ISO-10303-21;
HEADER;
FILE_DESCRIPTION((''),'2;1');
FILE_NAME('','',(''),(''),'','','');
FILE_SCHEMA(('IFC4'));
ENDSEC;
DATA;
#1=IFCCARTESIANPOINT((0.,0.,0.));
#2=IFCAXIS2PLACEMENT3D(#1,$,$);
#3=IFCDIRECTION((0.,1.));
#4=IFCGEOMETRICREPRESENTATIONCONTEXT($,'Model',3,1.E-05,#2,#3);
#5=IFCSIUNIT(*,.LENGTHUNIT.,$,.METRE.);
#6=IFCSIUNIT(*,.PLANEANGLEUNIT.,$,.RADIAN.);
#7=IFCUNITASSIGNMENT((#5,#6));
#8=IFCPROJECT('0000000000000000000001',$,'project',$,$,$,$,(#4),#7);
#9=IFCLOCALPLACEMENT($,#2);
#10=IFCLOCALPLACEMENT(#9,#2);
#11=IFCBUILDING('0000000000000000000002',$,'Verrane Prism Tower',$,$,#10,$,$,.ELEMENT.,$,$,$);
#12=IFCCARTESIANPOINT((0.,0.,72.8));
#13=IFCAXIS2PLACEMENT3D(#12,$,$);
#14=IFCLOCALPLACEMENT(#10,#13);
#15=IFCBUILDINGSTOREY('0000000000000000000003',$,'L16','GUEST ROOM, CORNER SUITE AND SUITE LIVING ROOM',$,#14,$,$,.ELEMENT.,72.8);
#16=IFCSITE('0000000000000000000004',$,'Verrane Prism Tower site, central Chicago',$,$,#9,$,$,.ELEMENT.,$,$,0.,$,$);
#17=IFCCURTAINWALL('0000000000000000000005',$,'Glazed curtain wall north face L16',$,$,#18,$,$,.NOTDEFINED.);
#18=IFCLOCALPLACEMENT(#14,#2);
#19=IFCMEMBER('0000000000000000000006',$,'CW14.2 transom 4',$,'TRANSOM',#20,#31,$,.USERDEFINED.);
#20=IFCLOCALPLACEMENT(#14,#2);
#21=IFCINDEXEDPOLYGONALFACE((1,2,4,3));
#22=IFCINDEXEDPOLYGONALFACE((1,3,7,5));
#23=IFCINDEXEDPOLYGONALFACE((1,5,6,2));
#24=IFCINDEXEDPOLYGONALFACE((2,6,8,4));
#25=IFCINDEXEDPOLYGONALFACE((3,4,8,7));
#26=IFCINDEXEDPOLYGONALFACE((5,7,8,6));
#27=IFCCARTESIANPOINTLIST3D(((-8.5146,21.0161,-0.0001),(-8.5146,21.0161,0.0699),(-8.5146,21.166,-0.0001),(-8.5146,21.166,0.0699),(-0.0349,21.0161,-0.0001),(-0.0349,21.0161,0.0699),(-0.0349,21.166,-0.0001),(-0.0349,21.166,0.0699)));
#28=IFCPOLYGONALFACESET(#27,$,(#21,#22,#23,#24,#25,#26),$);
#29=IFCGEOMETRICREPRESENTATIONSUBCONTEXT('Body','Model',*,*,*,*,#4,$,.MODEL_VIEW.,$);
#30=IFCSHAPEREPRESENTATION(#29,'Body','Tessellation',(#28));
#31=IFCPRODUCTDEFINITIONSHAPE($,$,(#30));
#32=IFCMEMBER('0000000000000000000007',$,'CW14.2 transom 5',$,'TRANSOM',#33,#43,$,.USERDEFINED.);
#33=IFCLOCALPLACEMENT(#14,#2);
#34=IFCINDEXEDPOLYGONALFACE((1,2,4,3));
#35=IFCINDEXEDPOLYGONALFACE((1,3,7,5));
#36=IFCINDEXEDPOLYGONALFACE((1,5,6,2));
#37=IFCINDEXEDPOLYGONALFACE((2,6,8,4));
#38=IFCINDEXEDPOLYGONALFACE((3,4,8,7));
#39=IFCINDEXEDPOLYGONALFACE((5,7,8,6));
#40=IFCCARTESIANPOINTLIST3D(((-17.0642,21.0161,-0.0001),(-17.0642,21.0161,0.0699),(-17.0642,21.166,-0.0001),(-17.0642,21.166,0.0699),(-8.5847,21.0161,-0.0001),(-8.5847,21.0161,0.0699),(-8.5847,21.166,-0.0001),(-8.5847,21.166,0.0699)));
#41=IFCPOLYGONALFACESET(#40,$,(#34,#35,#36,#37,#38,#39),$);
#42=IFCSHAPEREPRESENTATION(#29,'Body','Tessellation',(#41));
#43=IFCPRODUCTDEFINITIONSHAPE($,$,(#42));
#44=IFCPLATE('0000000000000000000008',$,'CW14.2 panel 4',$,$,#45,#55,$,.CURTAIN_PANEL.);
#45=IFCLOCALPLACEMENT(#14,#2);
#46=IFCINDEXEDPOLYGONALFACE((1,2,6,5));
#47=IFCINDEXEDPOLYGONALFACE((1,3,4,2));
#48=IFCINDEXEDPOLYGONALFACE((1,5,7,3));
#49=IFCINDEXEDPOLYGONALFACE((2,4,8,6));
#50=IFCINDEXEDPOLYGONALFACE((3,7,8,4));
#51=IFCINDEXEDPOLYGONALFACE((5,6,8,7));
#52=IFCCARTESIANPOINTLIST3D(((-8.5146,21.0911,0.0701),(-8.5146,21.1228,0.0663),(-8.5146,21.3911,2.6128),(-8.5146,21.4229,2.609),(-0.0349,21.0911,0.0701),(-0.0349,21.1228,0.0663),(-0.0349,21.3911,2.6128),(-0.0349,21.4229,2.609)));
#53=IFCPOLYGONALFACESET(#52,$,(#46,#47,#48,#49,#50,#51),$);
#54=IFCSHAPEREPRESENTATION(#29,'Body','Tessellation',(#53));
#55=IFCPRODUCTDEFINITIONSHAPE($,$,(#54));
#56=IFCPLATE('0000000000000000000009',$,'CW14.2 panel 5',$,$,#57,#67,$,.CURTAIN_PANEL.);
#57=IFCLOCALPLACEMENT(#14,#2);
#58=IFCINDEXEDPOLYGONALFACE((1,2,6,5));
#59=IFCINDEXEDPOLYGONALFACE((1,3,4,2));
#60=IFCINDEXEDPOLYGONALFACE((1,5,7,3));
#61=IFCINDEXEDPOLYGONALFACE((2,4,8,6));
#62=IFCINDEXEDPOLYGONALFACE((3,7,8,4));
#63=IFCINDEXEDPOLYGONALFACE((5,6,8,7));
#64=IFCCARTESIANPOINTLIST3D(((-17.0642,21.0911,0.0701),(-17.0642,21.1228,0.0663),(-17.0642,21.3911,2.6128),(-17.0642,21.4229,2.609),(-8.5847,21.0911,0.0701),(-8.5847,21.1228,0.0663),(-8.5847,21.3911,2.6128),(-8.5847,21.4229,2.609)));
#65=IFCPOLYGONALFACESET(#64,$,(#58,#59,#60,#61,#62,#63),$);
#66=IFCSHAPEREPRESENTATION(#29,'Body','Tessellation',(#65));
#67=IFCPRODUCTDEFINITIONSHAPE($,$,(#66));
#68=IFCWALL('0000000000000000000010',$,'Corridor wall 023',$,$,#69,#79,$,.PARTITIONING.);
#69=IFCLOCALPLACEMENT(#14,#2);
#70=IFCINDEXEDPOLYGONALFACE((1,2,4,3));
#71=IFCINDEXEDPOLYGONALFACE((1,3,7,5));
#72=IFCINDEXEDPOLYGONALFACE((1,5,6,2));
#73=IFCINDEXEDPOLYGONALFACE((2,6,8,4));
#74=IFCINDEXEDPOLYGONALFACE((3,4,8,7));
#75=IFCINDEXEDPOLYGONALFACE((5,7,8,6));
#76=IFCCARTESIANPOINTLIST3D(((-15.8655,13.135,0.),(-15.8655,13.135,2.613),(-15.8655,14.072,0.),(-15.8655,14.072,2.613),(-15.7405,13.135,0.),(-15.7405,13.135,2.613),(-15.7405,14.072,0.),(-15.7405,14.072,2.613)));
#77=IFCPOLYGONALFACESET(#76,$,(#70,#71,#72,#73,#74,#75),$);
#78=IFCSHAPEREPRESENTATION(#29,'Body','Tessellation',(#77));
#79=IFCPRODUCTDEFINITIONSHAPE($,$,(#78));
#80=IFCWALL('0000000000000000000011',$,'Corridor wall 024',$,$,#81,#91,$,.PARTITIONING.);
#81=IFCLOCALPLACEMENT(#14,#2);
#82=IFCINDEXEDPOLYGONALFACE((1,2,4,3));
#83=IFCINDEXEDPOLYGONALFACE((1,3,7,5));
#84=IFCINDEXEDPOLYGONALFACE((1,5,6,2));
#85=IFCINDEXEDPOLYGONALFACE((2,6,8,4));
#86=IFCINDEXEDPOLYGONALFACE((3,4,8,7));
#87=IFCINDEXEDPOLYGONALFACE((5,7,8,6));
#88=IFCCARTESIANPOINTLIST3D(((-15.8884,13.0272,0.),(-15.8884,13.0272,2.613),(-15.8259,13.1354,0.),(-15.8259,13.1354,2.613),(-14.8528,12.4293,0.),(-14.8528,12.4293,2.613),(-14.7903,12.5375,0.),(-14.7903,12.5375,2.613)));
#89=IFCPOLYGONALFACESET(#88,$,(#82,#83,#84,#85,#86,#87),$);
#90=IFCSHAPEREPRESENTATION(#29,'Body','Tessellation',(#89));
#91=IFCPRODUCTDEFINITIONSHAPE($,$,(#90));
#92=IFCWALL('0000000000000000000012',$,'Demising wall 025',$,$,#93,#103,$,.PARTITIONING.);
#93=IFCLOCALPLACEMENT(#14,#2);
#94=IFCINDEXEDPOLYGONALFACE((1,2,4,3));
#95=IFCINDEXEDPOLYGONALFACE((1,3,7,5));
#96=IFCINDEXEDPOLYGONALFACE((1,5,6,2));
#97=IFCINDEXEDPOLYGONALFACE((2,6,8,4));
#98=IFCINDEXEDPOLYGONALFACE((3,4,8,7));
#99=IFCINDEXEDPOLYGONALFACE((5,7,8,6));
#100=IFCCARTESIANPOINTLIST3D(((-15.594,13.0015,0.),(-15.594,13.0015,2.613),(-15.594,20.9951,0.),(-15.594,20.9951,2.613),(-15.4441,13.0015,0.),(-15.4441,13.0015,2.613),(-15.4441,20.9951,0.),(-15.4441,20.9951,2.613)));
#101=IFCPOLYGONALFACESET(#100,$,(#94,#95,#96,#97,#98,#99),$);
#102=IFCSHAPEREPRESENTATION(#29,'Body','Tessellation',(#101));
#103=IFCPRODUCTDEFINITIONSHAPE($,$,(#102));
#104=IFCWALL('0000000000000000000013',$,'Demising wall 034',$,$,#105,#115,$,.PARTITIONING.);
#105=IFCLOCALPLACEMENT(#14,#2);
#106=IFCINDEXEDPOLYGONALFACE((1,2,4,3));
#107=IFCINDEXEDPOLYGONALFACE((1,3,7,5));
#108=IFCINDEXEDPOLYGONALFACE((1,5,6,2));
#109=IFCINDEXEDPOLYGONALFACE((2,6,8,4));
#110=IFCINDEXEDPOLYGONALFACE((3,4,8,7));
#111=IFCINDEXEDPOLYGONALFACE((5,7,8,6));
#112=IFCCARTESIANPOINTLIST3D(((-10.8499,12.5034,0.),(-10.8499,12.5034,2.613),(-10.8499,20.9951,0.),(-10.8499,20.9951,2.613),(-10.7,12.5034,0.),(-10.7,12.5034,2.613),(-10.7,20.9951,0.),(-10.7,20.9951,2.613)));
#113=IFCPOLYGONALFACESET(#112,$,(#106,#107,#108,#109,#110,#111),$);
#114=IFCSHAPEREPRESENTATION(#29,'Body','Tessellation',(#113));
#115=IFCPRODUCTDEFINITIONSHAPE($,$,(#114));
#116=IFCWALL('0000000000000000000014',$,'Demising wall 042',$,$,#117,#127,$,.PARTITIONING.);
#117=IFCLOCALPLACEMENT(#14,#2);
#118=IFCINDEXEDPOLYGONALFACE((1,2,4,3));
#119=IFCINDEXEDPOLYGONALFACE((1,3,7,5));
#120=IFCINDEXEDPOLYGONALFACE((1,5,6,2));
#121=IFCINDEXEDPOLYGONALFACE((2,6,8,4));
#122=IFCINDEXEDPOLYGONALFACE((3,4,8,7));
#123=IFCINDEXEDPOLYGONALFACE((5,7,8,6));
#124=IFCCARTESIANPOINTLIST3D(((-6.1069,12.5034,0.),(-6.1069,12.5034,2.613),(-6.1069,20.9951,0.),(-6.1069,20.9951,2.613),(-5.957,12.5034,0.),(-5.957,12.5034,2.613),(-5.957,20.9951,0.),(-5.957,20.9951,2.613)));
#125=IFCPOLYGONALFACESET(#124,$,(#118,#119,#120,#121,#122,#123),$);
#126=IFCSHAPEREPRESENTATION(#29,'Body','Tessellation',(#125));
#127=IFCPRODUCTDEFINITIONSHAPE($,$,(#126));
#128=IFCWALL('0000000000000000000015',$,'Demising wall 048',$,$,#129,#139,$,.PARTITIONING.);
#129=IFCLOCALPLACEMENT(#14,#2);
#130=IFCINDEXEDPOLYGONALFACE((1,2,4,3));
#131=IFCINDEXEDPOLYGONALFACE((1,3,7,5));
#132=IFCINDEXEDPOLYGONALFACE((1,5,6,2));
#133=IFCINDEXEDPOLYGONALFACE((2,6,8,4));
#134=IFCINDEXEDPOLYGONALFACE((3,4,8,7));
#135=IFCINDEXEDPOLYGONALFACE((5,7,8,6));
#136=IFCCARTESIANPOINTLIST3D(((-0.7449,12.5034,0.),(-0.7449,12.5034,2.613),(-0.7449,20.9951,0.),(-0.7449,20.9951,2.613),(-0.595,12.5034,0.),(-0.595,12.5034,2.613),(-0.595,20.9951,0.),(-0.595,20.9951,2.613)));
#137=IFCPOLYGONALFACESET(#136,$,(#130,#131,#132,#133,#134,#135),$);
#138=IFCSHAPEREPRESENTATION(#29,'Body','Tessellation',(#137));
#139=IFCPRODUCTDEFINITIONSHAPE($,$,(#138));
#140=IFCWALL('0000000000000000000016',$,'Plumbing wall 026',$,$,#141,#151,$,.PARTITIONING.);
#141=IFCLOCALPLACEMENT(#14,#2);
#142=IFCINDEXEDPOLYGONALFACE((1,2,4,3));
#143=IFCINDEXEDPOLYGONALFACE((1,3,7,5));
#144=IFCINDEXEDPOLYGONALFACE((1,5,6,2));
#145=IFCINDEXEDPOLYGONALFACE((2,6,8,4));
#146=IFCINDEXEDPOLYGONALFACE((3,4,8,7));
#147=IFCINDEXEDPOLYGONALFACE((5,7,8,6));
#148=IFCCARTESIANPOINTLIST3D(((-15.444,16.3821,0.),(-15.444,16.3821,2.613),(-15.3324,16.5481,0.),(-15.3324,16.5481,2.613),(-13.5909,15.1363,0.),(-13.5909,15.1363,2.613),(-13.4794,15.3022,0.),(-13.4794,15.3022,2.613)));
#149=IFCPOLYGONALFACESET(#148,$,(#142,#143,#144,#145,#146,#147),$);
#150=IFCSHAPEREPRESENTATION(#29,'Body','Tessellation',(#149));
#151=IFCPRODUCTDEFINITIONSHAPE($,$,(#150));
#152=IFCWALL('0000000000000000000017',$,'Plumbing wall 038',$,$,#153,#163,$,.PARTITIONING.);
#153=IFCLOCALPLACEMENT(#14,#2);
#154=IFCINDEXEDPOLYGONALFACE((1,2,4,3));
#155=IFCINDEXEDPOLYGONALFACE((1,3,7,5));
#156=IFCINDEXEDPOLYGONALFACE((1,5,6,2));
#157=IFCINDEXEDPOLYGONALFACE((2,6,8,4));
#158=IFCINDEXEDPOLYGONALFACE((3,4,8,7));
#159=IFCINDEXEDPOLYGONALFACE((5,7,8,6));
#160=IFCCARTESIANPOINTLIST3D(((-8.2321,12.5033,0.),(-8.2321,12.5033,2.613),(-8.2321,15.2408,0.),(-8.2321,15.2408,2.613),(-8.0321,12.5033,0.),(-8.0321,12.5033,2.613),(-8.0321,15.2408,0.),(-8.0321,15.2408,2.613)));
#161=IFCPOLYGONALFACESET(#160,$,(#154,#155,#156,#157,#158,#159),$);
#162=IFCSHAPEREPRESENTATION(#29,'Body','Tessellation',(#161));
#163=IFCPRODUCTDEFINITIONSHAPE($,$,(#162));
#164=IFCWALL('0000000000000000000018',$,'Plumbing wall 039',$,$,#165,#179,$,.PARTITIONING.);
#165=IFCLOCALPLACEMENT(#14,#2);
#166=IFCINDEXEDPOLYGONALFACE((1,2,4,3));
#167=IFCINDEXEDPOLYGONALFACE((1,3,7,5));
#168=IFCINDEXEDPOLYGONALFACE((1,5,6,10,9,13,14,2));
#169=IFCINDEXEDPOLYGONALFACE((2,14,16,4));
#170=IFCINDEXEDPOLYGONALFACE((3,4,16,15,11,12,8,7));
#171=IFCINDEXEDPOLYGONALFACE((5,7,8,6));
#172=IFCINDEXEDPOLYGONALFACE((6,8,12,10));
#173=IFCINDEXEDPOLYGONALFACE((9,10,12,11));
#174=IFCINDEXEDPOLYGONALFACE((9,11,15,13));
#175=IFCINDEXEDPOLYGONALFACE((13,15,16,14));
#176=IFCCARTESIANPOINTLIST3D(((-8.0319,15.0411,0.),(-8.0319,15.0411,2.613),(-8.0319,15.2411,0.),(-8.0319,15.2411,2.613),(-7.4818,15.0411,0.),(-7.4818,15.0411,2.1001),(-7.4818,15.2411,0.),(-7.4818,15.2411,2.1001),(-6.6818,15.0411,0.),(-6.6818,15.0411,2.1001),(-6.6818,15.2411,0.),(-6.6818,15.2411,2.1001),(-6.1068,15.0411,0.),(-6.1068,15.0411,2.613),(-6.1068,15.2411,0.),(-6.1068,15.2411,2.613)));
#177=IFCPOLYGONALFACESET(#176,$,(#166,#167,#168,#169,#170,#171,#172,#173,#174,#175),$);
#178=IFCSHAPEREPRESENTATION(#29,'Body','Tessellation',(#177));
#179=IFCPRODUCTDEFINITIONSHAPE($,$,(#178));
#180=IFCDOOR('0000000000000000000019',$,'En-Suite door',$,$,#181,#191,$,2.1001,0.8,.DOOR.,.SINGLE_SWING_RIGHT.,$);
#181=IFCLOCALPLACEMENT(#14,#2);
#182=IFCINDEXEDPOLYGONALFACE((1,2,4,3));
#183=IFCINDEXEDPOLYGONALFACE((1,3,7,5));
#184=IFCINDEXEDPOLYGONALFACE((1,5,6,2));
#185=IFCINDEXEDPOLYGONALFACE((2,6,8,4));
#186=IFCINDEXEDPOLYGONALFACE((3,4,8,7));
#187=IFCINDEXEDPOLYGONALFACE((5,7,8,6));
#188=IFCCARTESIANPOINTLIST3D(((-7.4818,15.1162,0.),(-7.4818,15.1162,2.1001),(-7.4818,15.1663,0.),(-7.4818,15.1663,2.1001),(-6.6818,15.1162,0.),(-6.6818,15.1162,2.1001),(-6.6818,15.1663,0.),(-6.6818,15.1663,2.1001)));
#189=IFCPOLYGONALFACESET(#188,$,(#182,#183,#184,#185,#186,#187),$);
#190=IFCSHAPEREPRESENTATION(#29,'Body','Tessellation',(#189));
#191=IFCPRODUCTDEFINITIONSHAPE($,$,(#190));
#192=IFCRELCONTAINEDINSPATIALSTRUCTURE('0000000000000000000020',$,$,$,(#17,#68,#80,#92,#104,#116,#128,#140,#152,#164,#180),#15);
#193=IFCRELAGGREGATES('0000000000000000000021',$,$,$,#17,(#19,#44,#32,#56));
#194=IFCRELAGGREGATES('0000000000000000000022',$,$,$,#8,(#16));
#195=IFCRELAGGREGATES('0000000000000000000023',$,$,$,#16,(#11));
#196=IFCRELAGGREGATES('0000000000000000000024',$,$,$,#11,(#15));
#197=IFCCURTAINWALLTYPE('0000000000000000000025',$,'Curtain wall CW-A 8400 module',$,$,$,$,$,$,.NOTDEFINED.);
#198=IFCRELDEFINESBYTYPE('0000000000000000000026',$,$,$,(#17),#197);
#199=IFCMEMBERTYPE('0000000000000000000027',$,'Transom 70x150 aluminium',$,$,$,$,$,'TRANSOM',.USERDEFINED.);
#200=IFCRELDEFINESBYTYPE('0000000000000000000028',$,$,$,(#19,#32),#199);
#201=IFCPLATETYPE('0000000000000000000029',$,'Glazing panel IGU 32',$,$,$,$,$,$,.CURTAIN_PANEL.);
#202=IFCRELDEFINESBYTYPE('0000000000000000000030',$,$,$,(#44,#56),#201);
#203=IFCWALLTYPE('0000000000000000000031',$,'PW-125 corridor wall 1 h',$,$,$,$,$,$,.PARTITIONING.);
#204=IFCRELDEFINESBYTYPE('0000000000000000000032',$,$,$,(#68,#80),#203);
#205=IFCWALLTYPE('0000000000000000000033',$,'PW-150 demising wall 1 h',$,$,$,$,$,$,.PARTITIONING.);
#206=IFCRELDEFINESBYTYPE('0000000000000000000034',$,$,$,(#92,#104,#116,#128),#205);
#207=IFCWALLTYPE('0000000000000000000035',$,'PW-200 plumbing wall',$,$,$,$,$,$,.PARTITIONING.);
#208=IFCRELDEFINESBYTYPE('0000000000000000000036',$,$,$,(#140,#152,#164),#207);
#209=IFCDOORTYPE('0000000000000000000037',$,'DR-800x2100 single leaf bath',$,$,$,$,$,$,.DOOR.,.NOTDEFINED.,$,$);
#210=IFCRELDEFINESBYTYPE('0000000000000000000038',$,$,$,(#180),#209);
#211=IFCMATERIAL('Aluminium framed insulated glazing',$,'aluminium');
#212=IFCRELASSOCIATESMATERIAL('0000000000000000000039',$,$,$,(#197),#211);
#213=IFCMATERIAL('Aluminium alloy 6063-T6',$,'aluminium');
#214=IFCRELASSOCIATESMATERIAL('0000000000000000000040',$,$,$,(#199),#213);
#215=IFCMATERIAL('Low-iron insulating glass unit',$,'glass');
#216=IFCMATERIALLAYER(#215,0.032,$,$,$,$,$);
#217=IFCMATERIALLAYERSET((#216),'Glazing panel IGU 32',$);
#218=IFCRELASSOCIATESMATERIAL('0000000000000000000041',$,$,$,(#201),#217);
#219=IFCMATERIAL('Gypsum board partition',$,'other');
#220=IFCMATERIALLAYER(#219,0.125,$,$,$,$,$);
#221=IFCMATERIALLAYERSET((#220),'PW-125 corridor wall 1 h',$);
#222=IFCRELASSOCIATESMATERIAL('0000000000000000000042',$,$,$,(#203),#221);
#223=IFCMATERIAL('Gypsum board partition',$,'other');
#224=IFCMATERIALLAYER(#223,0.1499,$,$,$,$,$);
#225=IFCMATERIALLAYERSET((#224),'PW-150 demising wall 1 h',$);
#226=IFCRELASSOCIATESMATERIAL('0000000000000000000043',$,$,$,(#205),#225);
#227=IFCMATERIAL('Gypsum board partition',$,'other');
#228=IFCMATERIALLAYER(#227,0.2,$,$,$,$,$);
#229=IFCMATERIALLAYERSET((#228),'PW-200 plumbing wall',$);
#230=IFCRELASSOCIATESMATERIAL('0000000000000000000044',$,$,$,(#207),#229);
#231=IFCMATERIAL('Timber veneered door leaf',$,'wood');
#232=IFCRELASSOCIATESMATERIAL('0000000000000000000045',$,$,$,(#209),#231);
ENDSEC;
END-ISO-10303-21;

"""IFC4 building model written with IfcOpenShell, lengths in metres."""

from ifc_helpers import new_model, si_unit, direction, frame, frame_2d, origin, origin_2d, place, context, subcontext, project, spatial, polyline, rectangle, outline, extrude, material, layer, layer_set, material_profile, profile_set, type_object, element, fill, aggregate, save


model = new_model("IFC4")

# Units and contexts
model_context = context("Model", 3, precision=1e-05, world=origin(), true_north=direction((0.0, 1.0)))
body_context = subcontext(model_context, "Body", "Model", "MODEL_VIEW")
ifc_project = project(units=[si_unit("LENGTHUNIT", "METRE"), si_unit("PLANEANGLEUNIT", "RADIAN")], contexts=[model_context])

# Site, building, storey
site_placement = place(None, origin())
site = spatial("IfcSite", under=ifc_project, at=site_placement, Name="Verrane Prism Tower site, central Chicago", CompositionType="ELEMENT", RefElevation=0.0)
building_placement = place(site_placement, origin())
building = spatial("IfcBuilding", under=site, at=building_placement, Name="Verrane Prism Tower", CompositionType="ELEMENT")
storey_placement = place(building_placement, frame((0.0, 0.0, 72.8)))
storey = spatial("IfcBuildingStorey", under=building, at=storey_placement, Name="L16", Description="GUEST ROOM, CORNER SUITE AND SUITE LIVING ROOM", CompositionType="ELEMENT", Elevation=72.8)

# Curtain wall
ifc_material_1 = material(Name="Aluminium framed insulated glazing", Category="aluminium")
curtain_wall_type = type_object("IfcCurtainWallType", Name="Curtain wall CW-A 8400 module", PredefinedType="NOTDEFINED", material=ifc_material_1)
curtain_wall_placement = place(storey_placement, origin())
curtain_wall = element("IfcCurtainWall", 1, at=curtain_wall_placement, inside=storey, type_object=curtain_wall_type, Name="Glazed curtain wall north face L16", PredefinedType="NOTDEFINED")

# Members
ifc_material_2 = material(Name="Aluminium alloy 6063-T6", Category="aluminium")
ifc_material_profile_1 = material_profile(ifc_material_2, rectangle(XDim=0.1499, YDim=0.0701, at=origin_2d()), Name="Transom 70x150 aluminium")
ifc_profile_set_1 = profile_set([ifc_material_profile_1], Name="Aluminium alloy 6063-T6")
member_type_1 = type_object("IfcMemberType", Name="Transom 70x150 aluminium", ElementType="TRANSOM", PredefinedType="USERDEFINED", material=ifc_profile_set_1)
member_1_placement = place(storey_placement, frame((-0.0349, 21.0911, 0.0349), z_axis=(-1.0, 0.0, 0.0), x_axis=(0.0, -1.0, 0.0)))
member_1 = element("IfcMember", 2, at=member_1_placement, type_object=member_type_1, Name="CW14.2 transom 4", ObjectType="TRANSOM", PredefinedType="USERDEFINED", context=body_context, shape_type="SweptSolid", body=[
    extrude(rectangle(XDim=0.1499, YDim=0.0701, at=origin_2d()), origin(), (0.0, 0.0, 1.0), 8.4797),
])
member_2_placement = place(storey_placement, frame((-8.5847, 21.0911, 0.0349), z_axis=(-1.0, 0.0, 0.0), x_axis=(0.0, -1.0, 0.0)))
member_2 = element("IfcMember", 3, at=member_2_placement, type_object=member_type_1, Name="CW14.2 transom 5", ObjectType="TRANSOM", PredefinedType="USERDEFINED", context=body_context, shape_type="SweptSolid", body=[
    extrude(rectangle(XDim=0.1499, YDim=0.0701, at=origin_2d()), origin(), (0.0, 0.0, 1.0), 8.4795),
])

# Plates
ifc_material_3 = material(Name="Low-iron insulating glass unit", Category="glass")
ifc_layer_1 = layer(ifc_material_3, 0.032)
ifc_layer_set_1 = layer_set([ifc_layer_1], Name="Glazing panel IGU 32")
plate_type = type_object("IfcPlateType", Name="Glazing panel IGU 32", PredefinedType="CURTAIN_PANEL", material=ifc_layer_set_1)
plate_1_placement = place(storey_placement, frame((-0.0349, 21.0911, 0.0701), z_axis=(0.0, -0.99311, 0.11719), x_axis=(-1.0, 0.0, 0.0)))
plate_1 = element("IfcPlate", 4, at=plate_1_placement, type_object=plate_type, Name="CW14.2 panel 4", PredefinedType="CURTAIN_PANEL", context=body_context, shape_type="SweptSolid", body=[
    extrude(outline(polyline([(0.0, 0.0), (8.4797, 0.0), (8.4797, -2.5604), (0.0, -2.5604), (0.0, 0.0)])), origin(), (0.0, 0.0, -1.0), 0.032),
])
plate_2_placement = place(storey_placement, frame((-8.5847, 21.0911, 0.0701), z_axis=(0.0, -0.99311, 0.11719), x_axis=(-1.0, 0.0, 0.0)))
plate_2 = element("IfcPlate", 5, at=plate_2_placement, type_object=plate_type, Name="CW14.2 panel 5", PredefinedType="CURTAIN_PANEL", context=body_context, shape_type="SweptSolid", body=[
    extrude(outline(polyline([(0.0, 0.0), (8.4795, 0.0), (8.4795, -2.5604), (0.0, -2.5604), (0.0, 0.0)])), origin(), (0.0, 0.0, -1.0), 0.032),
])
aggregate(curtain_wall, [member_1, plate_1, member_2, plate_2])

# Walls
ifc_material_4 = material(Name="Gypsum board partition", Category="other")
ifc_layer_2 = layer(ifc_material_4, 0.125)
ifc_layer_set_2 = layer_set([ifc_layer_2], Name="PW-125 corridor wall 1 h")
wall_type_1 = type_object("IfcWallType", Name="PW-125 corridor wall 1 h", PredefinedType="PARTITIONING", material=ifc_layer_set_2)
wall_1_placement = place(storey_placement, frame((-15.803, 13.135, 0.0), z_axis=(0.0, 0.0, 1.0), x_axis=(0.0, 1.0, 0.0)))
element("IfcWall", 6, at=wall_1_placement, inside=storey, type_object=wall_type_1, Name="Corridor wall 023", PredefinedType="PARTITIONING", context=body_context, shape_type="SweptSolid", body=[
    extrude(rectangle(XDim=0.937, YDim=0.125, at=frame_2d((0.4685, 0.0))), origin(), (0.0, 0.0, 1.0), 2.613),
])
wall_2_placement = place(storey_placement, frame((-15.8572, 13.0813, 0.0), z_axis=(0.0, 0.0, 1.0), x_axis=(0.866036, -0.499982, 0.0)))
element("IfcWall", 7, at=wall_2_placement, inside=storey, type_object=wall_type_1, Name="Corridor wall 024", PredefinedType="PARTITIONING", context=body_context, shape_type="SweptSolid", body=[
    extrude(rectangle(XDim=1.1958, YDim=0.125, at=frame_2d((0.5979, 0.0))), origin(), (0.0, 0.0, 1.0), 2.613),
])
ifc_material_5 = material(Name="Gypsum board partition", Category="other")
ifc_layer_3 = layer(ifc_material_5, 0.1499)
ifc_layer_set_3 = layer_set([ifc_layer_3], Name="PW-150 demising wall 1 h")
wall_type_2 = type_object("IfcWallType", Name="PW-150 demising wall 1 h", PredefinedType="PARTITIONING", material=ifc_layer_set_3)
wall_3_placement = place(storey_placement, frame((-15.519, 13.0015, 0.0), z_axis=(0.0, 0.0, 1.0), x_axis=(0.0, 1.0, 0.0)))
element("IfcWall", 8, at=wall_3_placement, inside=storey, type_object=wall_type_2, Name="Demising wall 025", PredefinedType="PARTITIONING", context=body_context, shape_type="SweptSolid", body=[
    extrude(rectangle(XDim=7.9937, YDim=0.1499, at=frame_2d((3.9968, 0.0))), origin(), (0.0, 0.0, 1.0), 2.613),
])
for number, where, z_axis, x_axis, name in (
    (9, (-10.7749, 12.5034, 0.0), (0.0, 0.0, 1.0), (0.0, 1.0, 0.0), "Demising wall 034"),
    (10, (-6.032, 12.5034, 0.0), (0.0, 0.0, 1.0), (0.0, 1.0, 0.0), "Demising wall 042"),
    (11, (-0.6699, 12.5034, 0.0), (0.0, 0.0, 1.0), (0.0, 1.0, 0.0), "Demising wall 048"),
):
    element("IfcWall", number, at=place(storey_placement, frame(where, z_axis=z_axis, x_axis=x_axis)), inside=storey, type_object=wall_type_2, Name=name, PredefinedType="PARTITIONING", context=body_context, shape_type="SweptSolid", body=[
        extrude(rectangle(XDim=8.4917, YDim=0.1499, at=frame_2d((4.2458, 0.0))), origin(), (0.0, 0.0, 1.0), 2.613),
    ])
ifc_material_6 = material(Name="Gypsum board partition", Category="other")
ifc_layer_4 = layer(ifc_material_6, 0.2)
ifc_layer_set_4 = layer_set([ifc_layer_4], Name="PW-200 plumbing wall")
wall_type_3 = type_object("IfcWallType", Name="PW-200 plumbing wall", PredefinedType="PARTITIONING", material=ifc_layer_set_4)
wall_4_placement = place(storey_placement, frame((-15.3882, 16.4651, 0.0), z_axis=(0.0, 0.0, 1.0), x_axis=(0.829874, -0.557951, 0.0)))
element("IfcWall", 12, at=wall_4_placement, inside=storey, type_object=wall_type_3, Name="Plumbing wall 026", PredefinedType="PARTITIONING", context=body_context, shape_type="SweptSolid", body=[
    extrude(rectangle(XDim=2.2329, YDim=0.2, at=frame_2d((1.1165, 0.0))), origin(), (0.0, 0.0, 1.0), 2.613),
])
wall_5_placement = place(storey_placement, frame((-8.1321, 12.5034, 0.0), z_axis=(0.0, 0.0, 1.0), x_axis=(0.0, 1.0, 0.0)))
element("IfcWall", 13, at=wall_5_placement, inside=storey, type_object=wall_type_3, Name="Plumbing wall 038", PredefinedType="PARTITIONING", context=body_context, shape_type="SweptSolid", body=[
    extrude(rectangle(XDim=2.7375, YDim=0.2, at=frame_2d((1.3687, 0.0))), origin(), (0.0, 0.0, 1.0), 2.613),
])

# Wall, opening, door
wall_6_placement = place(storey_placement, frame((-6.1069, 15.1411, 0.0), z_axis=(0.0, 0.0, 1.0), x_axis=(-1.0, 0.0, 0.0)))
wall_6 = element("IfcWall", 14, at=wall_6_placement, inside=storey, type_object=wall_type_3, Name="Plumbing wall 039", PredefinedType="PARTITIONING", context=body_context, shape_type="SweptSolid", body=[
    extrude(rectangle(XDim=1.925, YDim=0.2, at=frame_2d((0.9624, 0.0))), origin(), (0.0, 0.0, 1.0), 2.613),
])
opening_1_placement = place(wall_6_placement, frame((0.575, 0.0, 0.0)))
opening_1 = element("IfcOpeningElement", 15, at=opening_1_placement, cuts=wall_6, PredefinedType="OPENING", context=body_context, shape_type="SweptSolid", body=[
    extrude(rectangle(XDim=0.8, YDim=2.1001, at=frame_2d((0.3999, 1.05))), frame((0.0, 0.1099, 0.0), z_axis=(0.0, -1.0, 0.0), x_axis=(1.0, 0.0, 0.0)), (0.0, 0.0, 1.0), 0.22),
])
ifc_material_7 = material(Name="Timber veneered door leaf", Category="wood")
door_type = type_object("IfcDoorType", Name="DR-800x2100 single leaf bath", OperationType="NOTDEFINED", PredefinedType="DOOR", material=ifc_material_7)
door_1_placement = place(opening_1_placement, origin())
door_1 = element("IfcDoor", 16, at=door_1_placement, inside=storey, type_object=door_type, Name="En-Suite door", OperationType="SINGLE_SWING_RIGHT", OverallHeight=2.1001, OverallWidth=0.8, PredefinedType="DOOR", context=body_context, shape_type="SweptSolid", body=[
    extrude(rectangle(XDim=0.8, YDim=2.1001, at=frame_2d((0.3999, 1.05))), frame((0.0, 0.0249, 0.0), z_axis=(0.0, -1.0, 0.0), x_axis=(1.0, 0.0, 0.0)), (0.0, 0.0, 1.0), 0.05),
])
fill(opening_1, door_1)

save(model, "model.ifc")
